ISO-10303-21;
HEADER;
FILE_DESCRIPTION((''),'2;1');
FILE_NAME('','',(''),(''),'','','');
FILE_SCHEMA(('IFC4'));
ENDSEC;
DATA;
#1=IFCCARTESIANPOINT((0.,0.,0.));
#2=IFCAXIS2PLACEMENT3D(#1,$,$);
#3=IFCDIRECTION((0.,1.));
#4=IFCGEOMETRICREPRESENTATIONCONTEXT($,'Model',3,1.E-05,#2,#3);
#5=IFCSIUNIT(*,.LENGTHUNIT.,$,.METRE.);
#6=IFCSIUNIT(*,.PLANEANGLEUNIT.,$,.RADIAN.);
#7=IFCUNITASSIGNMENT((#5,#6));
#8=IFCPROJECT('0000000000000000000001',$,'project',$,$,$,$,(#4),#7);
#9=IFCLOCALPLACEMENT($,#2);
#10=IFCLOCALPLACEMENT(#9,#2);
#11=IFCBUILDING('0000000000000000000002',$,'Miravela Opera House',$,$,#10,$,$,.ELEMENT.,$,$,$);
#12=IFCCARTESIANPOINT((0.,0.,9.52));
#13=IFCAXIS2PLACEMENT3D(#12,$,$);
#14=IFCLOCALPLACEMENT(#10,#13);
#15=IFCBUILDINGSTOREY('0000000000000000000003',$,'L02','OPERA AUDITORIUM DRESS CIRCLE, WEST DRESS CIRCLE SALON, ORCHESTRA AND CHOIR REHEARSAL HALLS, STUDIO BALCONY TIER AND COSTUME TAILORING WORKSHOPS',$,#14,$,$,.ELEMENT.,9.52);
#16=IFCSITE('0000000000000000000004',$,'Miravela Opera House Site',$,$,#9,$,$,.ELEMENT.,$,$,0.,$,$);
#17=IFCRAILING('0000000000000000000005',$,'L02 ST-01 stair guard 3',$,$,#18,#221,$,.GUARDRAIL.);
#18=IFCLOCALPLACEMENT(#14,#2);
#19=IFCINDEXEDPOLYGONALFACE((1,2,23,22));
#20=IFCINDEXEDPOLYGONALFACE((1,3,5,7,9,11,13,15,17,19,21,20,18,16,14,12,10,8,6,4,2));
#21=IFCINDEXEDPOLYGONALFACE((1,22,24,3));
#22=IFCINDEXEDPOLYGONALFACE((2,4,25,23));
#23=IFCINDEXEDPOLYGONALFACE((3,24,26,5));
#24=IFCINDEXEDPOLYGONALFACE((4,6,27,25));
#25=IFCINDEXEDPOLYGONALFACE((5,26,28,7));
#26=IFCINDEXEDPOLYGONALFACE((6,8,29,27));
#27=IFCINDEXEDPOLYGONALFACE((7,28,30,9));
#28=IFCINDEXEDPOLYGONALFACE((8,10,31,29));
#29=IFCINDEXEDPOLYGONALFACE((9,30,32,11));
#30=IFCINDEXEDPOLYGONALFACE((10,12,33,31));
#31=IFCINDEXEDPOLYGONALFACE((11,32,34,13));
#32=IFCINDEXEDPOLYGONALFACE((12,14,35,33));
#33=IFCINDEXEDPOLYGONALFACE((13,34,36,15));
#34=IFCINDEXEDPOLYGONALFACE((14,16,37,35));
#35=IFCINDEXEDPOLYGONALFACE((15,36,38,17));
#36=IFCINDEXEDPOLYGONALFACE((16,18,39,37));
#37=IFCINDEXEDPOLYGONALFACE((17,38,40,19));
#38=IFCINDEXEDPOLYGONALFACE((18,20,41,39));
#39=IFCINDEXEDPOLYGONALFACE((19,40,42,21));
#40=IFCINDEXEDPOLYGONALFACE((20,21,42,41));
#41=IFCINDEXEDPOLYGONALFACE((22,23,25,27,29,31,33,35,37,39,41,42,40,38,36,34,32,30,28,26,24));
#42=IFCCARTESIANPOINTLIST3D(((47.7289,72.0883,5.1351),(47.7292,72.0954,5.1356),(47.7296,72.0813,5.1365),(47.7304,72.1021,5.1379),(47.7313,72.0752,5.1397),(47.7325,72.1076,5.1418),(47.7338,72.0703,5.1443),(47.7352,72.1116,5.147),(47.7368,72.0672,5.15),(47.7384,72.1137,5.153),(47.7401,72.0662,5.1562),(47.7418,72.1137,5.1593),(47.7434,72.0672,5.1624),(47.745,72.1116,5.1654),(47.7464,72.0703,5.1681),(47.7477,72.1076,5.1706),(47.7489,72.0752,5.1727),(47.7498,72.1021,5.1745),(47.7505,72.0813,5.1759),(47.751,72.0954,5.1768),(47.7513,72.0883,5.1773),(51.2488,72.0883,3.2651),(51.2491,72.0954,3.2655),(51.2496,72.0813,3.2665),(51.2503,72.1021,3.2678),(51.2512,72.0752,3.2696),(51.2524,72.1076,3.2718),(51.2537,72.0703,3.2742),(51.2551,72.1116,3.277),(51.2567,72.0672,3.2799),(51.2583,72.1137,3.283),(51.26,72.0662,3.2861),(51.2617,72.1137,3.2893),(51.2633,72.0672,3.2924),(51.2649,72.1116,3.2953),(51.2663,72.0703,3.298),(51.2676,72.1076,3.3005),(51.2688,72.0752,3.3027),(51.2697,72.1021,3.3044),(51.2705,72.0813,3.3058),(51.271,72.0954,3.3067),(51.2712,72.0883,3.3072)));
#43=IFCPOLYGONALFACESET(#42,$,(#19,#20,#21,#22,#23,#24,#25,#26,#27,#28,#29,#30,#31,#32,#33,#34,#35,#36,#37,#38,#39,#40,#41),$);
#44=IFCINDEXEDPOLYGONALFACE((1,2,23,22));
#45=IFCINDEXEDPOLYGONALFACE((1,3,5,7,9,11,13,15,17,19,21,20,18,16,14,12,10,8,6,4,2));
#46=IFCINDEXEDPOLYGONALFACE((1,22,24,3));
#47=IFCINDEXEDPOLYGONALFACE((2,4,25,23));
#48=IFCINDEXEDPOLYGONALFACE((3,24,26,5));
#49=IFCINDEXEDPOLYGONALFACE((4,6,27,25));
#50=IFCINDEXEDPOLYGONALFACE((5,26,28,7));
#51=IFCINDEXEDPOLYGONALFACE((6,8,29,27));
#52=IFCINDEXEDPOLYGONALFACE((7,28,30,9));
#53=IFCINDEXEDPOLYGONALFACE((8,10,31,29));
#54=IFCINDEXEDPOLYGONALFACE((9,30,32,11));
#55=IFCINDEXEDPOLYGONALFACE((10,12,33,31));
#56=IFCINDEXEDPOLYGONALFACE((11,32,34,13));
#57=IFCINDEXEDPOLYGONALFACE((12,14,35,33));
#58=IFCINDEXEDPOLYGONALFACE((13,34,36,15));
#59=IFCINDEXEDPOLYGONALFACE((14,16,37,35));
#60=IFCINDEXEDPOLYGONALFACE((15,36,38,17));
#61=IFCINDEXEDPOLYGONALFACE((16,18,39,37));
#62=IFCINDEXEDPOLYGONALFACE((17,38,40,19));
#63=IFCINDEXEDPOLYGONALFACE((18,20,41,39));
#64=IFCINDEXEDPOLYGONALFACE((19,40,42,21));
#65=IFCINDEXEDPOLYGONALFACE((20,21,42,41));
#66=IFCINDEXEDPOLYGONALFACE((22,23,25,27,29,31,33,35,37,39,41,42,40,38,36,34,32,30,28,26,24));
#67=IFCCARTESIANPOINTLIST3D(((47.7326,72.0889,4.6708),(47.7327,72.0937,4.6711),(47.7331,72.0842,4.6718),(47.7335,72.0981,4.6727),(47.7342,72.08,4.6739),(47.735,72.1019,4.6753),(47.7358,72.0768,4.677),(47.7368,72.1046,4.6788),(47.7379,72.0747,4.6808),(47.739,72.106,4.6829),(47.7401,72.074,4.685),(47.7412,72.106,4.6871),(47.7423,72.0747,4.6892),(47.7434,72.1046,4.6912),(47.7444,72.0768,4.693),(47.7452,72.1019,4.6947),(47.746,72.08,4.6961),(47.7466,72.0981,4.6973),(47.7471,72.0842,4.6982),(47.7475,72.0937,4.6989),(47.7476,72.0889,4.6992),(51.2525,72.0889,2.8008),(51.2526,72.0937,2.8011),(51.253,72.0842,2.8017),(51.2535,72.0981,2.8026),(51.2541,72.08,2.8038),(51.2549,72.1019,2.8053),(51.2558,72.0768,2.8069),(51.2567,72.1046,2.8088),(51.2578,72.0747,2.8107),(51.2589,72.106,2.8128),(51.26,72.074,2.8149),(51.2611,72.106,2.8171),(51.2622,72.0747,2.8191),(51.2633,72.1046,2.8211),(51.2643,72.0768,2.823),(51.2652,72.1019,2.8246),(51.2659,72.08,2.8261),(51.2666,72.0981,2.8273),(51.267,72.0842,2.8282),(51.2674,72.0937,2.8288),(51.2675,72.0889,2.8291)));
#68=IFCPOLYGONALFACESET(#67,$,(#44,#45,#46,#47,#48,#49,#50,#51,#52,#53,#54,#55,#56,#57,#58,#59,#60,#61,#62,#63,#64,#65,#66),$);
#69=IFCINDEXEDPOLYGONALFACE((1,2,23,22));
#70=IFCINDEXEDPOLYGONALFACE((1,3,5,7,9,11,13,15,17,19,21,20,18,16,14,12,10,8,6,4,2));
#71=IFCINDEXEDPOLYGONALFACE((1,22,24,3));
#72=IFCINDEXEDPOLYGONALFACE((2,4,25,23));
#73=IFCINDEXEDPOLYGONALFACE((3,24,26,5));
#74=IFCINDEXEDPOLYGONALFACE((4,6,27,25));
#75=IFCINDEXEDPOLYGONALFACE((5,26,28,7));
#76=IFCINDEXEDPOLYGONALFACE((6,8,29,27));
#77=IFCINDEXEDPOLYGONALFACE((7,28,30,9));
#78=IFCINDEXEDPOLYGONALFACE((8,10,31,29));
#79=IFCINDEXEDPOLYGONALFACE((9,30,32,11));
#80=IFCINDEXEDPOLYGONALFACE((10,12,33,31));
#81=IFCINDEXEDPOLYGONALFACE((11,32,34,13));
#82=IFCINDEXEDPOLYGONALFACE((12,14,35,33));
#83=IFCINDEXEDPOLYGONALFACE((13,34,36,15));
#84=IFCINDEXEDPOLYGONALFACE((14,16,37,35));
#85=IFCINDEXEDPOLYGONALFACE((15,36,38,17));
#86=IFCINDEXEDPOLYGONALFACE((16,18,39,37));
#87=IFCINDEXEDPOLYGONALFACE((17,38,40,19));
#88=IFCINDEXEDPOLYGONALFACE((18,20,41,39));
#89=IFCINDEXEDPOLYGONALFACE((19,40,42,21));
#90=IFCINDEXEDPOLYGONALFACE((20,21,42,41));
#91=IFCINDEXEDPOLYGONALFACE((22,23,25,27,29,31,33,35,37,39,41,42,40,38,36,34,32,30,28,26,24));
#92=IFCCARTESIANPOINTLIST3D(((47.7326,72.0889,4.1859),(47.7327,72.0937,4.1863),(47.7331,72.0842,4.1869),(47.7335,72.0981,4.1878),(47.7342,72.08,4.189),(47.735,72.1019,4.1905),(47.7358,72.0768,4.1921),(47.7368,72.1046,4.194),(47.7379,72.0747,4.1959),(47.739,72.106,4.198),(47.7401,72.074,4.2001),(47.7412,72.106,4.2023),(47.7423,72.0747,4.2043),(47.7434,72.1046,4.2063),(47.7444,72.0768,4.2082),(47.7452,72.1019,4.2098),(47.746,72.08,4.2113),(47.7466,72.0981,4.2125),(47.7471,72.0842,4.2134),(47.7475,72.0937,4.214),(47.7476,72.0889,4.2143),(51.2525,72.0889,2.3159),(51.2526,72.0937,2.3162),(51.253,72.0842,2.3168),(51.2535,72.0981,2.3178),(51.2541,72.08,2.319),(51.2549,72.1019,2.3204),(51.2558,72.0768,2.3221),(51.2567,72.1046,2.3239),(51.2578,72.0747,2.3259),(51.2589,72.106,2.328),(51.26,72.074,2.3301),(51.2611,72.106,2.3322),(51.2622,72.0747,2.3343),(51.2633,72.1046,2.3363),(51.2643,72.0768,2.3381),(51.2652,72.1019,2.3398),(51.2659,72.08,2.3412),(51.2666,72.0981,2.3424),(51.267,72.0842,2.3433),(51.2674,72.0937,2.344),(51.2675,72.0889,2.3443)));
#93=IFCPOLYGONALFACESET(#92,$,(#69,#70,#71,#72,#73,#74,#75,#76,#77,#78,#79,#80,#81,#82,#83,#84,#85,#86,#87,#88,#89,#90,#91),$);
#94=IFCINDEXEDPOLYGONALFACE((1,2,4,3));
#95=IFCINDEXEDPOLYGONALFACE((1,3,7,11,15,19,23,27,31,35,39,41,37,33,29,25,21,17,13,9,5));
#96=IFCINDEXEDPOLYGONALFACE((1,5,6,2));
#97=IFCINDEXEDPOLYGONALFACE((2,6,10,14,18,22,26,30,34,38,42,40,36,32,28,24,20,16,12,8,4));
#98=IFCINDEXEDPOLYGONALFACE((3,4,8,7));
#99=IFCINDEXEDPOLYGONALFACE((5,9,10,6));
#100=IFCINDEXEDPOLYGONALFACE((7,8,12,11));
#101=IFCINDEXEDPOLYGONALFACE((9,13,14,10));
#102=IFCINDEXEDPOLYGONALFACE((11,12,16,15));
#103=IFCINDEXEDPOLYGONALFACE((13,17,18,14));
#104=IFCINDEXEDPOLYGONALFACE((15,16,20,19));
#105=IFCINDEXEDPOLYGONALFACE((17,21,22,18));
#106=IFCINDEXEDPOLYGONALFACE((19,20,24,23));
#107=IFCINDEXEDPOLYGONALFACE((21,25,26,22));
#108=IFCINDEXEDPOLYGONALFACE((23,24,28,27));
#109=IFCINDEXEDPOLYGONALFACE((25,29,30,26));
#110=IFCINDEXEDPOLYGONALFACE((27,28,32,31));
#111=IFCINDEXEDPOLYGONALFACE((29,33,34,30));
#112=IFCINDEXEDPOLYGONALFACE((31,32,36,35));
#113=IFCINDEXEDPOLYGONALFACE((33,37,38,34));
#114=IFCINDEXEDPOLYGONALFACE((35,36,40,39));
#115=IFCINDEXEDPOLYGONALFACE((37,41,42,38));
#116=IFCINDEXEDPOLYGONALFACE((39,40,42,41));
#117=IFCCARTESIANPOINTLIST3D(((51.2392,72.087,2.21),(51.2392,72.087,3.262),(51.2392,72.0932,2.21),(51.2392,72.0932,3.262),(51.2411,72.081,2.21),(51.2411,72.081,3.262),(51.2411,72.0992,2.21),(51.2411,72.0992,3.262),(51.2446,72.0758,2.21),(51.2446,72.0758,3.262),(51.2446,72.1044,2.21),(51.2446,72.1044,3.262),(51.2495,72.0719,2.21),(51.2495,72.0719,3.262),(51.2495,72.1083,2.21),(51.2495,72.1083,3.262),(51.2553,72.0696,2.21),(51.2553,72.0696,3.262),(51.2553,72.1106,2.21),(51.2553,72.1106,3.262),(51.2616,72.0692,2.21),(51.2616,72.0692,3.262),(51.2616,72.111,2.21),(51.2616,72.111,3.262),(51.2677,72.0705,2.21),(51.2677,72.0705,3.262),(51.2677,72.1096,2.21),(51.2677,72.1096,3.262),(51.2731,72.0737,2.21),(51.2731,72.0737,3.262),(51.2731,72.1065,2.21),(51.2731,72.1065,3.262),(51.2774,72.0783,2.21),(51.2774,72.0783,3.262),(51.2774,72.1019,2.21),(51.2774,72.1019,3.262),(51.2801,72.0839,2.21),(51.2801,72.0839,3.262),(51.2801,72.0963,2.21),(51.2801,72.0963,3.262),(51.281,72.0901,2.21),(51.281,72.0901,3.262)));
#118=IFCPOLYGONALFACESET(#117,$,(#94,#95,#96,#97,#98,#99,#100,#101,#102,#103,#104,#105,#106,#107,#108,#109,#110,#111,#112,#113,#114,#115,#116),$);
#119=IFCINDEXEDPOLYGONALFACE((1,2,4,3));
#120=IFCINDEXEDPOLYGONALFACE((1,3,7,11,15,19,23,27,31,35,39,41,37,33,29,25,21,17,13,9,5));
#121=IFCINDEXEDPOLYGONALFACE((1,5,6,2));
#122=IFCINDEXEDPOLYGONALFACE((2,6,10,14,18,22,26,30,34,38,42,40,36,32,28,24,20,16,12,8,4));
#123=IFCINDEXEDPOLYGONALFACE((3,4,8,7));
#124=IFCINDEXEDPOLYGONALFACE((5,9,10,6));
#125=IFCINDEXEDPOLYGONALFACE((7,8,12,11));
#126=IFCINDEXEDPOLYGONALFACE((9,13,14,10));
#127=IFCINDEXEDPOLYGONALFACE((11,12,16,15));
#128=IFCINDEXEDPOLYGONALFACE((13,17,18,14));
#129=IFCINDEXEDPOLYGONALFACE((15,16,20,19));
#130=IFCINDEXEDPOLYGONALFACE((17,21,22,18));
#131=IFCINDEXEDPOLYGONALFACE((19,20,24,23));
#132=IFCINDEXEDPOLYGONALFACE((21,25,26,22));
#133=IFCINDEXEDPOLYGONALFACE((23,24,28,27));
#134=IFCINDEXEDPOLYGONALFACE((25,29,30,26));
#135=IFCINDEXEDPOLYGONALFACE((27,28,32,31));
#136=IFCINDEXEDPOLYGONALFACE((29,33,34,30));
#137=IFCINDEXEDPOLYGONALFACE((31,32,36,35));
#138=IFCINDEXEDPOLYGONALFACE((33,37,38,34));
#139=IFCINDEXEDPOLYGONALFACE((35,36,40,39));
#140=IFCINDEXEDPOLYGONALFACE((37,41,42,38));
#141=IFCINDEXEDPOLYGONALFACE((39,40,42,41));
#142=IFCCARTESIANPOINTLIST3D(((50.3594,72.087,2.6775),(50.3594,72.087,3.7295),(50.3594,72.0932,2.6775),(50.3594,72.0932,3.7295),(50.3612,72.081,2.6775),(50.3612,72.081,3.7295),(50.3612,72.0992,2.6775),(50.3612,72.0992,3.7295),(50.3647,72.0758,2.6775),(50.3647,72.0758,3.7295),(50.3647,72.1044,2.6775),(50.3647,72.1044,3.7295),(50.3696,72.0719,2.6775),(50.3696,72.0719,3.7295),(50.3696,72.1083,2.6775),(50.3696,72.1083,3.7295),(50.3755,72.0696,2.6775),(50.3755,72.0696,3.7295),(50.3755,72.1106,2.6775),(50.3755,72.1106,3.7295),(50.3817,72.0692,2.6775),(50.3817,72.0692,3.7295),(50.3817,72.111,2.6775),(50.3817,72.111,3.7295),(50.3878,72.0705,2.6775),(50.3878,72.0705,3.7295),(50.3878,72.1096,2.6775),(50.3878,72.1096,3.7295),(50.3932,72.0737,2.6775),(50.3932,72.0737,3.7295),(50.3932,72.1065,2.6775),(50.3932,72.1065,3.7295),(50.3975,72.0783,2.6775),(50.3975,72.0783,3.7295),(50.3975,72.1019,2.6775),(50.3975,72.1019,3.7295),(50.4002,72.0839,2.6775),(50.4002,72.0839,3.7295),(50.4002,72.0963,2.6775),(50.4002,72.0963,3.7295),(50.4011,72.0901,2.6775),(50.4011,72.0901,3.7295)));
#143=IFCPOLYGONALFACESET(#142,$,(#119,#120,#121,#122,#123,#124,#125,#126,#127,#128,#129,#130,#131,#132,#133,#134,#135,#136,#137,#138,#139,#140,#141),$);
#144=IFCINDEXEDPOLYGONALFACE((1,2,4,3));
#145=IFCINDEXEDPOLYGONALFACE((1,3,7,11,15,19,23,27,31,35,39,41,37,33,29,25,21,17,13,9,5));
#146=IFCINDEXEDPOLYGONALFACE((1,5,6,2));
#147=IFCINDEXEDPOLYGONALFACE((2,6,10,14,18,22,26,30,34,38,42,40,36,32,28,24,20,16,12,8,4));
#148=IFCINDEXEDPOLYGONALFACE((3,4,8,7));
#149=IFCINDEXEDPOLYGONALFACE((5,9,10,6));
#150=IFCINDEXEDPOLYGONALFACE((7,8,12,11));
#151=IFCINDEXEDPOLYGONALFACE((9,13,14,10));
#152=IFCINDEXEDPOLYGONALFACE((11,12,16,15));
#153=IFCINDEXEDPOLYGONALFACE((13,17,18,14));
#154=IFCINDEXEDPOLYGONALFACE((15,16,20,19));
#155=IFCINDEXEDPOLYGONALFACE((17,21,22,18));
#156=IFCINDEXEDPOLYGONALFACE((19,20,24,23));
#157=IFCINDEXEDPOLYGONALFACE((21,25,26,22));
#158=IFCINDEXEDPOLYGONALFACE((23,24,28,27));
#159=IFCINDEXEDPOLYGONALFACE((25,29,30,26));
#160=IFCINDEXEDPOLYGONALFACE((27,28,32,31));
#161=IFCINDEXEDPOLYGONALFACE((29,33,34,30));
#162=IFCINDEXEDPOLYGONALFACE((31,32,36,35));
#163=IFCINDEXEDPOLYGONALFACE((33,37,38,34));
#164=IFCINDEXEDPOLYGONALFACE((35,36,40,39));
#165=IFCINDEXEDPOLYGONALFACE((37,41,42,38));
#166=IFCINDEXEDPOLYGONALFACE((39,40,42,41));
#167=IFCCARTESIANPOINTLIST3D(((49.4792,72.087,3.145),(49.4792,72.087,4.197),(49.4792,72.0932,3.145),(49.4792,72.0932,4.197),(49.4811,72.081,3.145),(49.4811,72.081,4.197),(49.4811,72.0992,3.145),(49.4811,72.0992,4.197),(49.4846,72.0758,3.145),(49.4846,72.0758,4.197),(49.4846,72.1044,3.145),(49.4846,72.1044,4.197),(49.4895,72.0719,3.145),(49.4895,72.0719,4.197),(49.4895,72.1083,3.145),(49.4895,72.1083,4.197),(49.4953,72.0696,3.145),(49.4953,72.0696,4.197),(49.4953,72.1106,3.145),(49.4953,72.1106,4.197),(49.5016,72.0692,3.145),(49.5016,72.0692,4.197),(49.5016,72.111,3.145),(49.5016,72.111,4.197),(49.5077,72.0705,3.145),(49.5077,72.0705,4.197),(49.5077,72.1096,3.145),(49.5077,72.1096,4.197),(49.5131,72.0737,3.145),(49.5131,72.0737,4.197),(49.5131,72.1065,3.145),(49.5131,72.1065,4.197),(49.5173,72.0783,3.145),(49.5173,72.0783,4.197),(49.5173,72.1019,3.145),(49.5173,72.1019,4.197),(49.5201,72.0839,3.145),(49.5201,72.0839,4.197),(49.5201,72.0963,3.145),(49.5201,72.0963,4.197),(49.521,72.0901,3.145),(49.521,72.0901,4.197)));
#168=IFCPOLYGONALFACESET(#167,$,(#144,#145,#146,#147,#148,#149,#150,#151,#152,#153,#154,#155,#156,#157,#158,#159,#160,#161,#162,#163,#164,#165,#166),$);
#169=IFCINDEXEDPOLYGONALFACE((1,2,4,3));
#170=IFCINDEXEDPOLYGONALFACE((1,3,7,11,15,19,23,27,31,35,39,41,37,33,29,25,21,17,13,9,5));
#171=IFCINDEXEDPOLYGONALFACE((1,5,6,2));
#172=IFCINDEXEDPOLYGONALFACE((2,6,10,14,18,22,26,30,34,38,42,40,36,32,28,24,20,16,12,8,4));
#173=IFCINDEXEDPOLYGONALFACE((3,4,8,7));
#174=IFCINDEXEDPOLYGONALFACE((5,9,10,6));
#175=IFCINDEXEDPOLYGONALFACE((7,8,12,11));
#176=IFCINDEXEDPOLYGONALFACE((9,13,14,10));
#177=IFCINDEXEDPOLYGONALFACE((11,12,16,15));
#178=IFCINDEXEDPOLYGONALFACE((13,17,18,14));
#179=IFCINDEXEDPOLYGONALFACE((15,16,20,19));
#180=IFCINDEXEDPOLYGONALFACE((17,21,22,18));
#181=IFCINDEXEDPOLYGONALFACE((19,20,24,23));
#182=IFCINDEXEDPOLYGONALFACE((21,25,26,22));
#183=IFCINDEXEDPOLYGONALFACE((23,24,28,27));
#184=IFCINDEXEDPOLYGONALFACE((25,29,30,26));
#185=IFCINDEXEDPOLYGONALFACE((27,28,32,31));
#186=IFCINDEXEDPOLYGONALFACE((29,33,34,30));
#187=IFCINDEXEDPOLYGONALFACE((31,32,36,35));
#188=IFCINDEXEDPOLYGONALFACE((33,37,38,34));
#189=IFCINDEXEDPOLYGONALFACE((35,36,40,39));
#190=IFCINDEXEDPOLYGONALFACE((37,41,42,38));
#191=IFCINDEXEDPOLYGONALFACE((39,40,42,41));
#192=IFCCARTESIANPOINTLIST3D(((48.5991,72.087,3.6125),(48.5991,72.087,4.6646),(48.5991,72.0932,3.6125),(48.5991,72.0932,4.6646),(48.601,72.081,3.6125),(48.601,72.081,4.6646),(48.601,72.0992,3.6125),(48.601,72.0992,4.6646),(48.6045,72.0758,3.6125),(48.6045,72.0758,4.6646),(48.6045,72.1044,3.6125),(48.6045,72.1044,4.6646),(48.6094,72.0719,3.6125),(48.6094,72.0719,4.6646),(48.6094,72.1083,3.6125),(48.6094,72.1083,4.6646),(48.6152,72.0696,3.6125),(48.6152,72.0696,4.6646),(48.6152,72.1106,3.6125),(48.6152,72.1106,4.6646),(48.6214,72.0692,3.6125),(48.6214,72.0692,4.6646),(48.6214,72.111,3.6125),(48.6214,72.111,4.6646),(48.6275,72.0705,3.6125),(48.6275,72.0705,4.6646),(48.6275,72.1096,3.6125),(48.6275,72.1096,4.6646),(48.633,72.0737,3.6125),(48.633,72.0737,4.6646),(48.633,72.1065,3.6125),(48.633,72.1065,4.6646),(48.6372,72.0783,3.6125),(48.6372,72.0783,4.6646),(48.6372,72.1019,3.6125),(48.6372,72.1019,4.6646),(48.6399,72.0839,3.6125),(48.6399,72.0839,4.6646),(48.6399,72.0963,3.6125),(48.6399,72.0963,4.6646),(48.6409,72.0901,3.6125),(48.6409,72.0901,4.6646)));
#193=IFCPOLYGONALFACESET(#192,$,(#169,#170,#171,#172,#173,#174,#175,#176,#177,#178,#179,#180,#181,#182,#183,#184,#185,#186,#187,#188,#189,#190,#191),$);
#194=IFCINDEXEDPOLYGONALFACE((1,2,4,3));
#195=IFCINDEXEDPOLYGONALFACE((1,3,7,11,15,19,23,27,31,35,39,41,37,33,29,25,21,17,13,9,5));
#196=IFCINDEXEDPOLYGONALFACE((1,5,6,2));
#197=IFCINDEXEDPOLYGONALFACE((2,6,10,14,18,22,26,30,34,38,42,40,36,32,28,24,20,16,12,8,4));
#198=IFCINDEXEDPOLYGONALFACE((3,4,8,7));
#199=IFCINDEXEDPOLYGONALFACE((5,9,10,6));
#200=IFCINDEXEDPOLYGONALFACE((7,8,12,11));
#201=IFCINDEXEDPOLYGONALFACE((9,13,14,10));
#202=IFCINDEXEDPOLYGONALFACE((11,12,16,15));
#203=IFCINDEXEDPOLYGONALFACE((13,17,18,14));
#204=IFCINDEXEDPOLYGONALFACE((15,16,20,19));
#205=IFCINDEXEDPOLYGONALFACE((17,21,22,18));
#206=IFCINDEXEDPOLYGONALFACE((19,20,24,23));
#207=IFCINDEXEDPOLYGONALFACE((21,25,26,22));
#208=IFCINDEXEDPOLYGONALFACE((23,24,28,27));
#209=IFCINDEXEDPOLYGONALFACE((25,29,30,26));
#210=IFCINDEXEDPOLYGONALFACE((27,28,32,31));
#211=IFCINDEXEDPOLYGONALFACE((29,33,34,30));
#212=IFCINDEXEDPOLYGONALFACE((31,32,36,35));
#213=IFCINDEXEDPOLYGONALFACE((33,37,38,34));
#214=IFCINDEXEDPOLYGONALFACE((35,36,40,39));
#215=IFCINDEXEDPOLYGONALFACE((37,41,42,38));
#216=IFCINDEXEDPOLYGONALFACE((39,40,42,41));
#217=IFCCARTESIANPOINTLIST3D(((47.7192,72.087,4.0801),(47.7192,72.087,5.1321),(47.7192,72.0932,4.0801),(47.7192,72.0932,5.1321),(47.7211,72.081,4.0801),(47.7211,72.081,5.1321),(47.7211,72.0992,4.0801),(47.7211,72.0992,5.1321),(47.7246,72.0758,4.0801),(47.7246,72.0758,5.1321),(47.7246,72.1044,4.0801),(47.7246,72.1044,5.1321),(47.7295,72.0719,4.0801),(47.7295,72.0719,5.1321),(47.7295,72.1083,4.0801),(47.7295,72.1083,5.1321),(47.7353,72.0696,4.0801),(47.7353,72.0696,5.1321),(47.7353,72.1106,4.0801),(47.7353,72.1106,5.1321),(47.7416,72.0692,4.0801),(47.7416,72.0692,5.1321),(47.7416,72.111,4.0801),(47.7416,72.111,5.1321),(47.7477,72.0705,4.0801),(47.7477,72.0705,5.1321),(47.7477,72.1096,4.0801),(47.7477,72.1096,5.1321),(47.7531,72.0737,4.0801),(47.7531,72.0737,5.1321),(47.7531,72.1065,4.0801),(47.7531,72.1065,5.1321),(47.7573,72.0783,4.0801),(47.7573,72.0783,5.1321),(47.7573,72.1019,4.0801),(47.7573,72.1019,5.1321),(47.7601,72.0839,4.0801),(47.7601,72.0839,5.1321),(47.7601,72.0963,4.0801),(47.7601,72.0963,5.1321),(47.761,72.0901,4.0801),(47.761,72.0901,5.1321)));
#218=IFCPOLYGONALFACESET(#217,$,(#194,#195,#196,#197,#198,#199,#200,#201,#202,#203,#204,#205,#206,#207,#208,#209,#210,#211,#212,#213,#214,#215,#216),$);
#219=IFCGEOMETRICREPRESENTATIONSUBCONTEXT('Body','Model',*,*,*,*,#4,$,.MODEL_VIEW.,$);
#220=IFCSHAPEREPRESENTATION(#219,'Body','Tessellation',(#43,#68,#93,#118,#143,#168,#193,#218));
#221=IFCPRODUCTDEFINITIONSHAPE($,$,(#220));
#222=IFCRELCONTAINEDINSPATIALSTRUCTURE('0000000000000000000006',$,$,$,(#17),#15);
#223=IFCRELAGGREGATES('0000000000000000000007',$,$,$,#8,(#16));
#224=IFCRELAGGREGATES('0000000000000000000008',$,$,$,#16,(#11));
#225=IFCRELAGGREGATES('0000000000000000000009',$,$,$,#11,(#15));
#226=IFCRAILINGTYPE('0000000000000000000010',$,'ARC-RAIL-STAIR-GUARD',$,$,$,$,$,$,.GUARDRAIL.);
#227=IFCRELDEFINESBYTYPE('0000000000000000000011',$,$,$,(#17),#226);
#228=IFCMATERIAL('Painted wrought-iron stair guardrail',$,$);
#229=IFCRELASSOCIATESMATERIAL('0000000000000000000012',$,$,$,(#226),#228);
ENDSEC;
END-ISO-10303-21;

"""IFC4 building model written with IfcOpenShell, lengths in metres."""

from ifc_helpers import new_model, si_unit, direction, frame, origin, origin_2d, place, context, subcontext, project, spatial, circle, extrude, material, type_object, element, save


model = new_model("IFC4")

# Units and contexts
model_context = context("Model", 3, precision=1e-05, world=origin(), true_north=direction((0.0, 1.0)))
body_context = subcontext(model_context, "Body", "Model", "MODEL_VIEW")
ifc_project = project(units=[si_unit("LENGTHUNIT", "METRE"), si_unit("PLANEANGLEUNIT", "RADIAN")], contexts=[model_context])

# Site, building, storey
site_placement = place(None, origin())
site = spatial("IfcSite", under=ifc_project, at=site_placement, Name="Miravela Opera House Site", CompositionType="ELEMENT", RefElevation=0.0)
building_placement = place(site_placement, origin())
building = spatial("IfcBuilding", under=site, at=building_placement, Name="Miravela Opera House", CompositionType="ELEMENT")
storey_placement = place(building_placement, frame((0.0, 0.0, 9.52)))
storey = spatial("IfcBuildingStorey", under=building, at=storey_placement, Name="L02", Description="OPERA AUDITORIUM DRESS CIRCLE, WEST DRESS CIRCLE SALON, ORCHESTRA AND CHOIR REHEARSAL HALLS, STUDIO BALCONY TIER AND COSTUME TAILORING WORKSHOPS", CompositionType="ELEMENT", Elevation=9.52)

# Railing
ifc_material_1 = material(Name="Painted wrought-iron stair guardrail")
railing_type_1 = type_object("IfcRailingType", Name="ARC-RAIL-STAIR-GUARD", PredefinedType="GUARDRAIL", material=ifc_material_1)
railing_1_placement = place(storey_placement, frame((51.26, 72.0901, 2.21)))
element("IfcRailing", 1, at=railing_1_placement, inside=storey, type_object=railing_type_1, Name="L02 ST-01 stair guard 3", PredefinedType="GUARDRAIL", context=body_context, shape_type="SweptSolid", body=[
    extrude(circle(Radius=0.0239, at=origin_2d()), frame((0.0, 0.0, 1.0762), z_axis=(-0.883105, 0.0, 0.469176), x_axis=(0.0, -1.0, 0.0)), (0.0, 0.0, 1.0), 3.9858),
    extrude(circle(Radius=0.0161, at=origin_2d()), frame((0.0, 0.0, 0.605), z_axis=(-0.883105, 0.0, 0.469176), x_axis=(0.0, -1.0, 0.0)), (0.0, 0.0, 1.0), 3.9858),
    extrude(circle(Radius=0.0161, at=origin_2d()), frame((0.0, 0.0, 0.1201), z_axis=(-0.883105, 0.0, 0.469176), x_axis=(0.0, -1.0, 0.0)), (0.0, 0.0, 1.0), 3.9858),
    extrude(circle(Radius=0.021, at=origin_2d()), origin(), (0.0, 0.0, 1.0), 1.052),
    extrude(circle(Radius=0.021, at=origin_2d()), frame((-0.8799, 0.0, 0.4675)), (0.0, 0.0, 1.0), 1.052),
    extrude(circle(Radius=0.021, at=origin_2d()), frame((-1.76, 0.0, 0.9351)), (0.0, 0.0, 1.0), 1.052),
    extrude(circle(Radius=0.021, at=origin_2d()), frame((-2.6401, 0.0, 1.4026)), (0.0, 0.0, 1.0), 1.052),
    extrude(circle(Radius=0.021, at=origin_2d()), frame((-3.52, 0.0, 1.8701)), (0.0, 0.0, 1.0), 1.052),
])

save(model, "model.ifc")
